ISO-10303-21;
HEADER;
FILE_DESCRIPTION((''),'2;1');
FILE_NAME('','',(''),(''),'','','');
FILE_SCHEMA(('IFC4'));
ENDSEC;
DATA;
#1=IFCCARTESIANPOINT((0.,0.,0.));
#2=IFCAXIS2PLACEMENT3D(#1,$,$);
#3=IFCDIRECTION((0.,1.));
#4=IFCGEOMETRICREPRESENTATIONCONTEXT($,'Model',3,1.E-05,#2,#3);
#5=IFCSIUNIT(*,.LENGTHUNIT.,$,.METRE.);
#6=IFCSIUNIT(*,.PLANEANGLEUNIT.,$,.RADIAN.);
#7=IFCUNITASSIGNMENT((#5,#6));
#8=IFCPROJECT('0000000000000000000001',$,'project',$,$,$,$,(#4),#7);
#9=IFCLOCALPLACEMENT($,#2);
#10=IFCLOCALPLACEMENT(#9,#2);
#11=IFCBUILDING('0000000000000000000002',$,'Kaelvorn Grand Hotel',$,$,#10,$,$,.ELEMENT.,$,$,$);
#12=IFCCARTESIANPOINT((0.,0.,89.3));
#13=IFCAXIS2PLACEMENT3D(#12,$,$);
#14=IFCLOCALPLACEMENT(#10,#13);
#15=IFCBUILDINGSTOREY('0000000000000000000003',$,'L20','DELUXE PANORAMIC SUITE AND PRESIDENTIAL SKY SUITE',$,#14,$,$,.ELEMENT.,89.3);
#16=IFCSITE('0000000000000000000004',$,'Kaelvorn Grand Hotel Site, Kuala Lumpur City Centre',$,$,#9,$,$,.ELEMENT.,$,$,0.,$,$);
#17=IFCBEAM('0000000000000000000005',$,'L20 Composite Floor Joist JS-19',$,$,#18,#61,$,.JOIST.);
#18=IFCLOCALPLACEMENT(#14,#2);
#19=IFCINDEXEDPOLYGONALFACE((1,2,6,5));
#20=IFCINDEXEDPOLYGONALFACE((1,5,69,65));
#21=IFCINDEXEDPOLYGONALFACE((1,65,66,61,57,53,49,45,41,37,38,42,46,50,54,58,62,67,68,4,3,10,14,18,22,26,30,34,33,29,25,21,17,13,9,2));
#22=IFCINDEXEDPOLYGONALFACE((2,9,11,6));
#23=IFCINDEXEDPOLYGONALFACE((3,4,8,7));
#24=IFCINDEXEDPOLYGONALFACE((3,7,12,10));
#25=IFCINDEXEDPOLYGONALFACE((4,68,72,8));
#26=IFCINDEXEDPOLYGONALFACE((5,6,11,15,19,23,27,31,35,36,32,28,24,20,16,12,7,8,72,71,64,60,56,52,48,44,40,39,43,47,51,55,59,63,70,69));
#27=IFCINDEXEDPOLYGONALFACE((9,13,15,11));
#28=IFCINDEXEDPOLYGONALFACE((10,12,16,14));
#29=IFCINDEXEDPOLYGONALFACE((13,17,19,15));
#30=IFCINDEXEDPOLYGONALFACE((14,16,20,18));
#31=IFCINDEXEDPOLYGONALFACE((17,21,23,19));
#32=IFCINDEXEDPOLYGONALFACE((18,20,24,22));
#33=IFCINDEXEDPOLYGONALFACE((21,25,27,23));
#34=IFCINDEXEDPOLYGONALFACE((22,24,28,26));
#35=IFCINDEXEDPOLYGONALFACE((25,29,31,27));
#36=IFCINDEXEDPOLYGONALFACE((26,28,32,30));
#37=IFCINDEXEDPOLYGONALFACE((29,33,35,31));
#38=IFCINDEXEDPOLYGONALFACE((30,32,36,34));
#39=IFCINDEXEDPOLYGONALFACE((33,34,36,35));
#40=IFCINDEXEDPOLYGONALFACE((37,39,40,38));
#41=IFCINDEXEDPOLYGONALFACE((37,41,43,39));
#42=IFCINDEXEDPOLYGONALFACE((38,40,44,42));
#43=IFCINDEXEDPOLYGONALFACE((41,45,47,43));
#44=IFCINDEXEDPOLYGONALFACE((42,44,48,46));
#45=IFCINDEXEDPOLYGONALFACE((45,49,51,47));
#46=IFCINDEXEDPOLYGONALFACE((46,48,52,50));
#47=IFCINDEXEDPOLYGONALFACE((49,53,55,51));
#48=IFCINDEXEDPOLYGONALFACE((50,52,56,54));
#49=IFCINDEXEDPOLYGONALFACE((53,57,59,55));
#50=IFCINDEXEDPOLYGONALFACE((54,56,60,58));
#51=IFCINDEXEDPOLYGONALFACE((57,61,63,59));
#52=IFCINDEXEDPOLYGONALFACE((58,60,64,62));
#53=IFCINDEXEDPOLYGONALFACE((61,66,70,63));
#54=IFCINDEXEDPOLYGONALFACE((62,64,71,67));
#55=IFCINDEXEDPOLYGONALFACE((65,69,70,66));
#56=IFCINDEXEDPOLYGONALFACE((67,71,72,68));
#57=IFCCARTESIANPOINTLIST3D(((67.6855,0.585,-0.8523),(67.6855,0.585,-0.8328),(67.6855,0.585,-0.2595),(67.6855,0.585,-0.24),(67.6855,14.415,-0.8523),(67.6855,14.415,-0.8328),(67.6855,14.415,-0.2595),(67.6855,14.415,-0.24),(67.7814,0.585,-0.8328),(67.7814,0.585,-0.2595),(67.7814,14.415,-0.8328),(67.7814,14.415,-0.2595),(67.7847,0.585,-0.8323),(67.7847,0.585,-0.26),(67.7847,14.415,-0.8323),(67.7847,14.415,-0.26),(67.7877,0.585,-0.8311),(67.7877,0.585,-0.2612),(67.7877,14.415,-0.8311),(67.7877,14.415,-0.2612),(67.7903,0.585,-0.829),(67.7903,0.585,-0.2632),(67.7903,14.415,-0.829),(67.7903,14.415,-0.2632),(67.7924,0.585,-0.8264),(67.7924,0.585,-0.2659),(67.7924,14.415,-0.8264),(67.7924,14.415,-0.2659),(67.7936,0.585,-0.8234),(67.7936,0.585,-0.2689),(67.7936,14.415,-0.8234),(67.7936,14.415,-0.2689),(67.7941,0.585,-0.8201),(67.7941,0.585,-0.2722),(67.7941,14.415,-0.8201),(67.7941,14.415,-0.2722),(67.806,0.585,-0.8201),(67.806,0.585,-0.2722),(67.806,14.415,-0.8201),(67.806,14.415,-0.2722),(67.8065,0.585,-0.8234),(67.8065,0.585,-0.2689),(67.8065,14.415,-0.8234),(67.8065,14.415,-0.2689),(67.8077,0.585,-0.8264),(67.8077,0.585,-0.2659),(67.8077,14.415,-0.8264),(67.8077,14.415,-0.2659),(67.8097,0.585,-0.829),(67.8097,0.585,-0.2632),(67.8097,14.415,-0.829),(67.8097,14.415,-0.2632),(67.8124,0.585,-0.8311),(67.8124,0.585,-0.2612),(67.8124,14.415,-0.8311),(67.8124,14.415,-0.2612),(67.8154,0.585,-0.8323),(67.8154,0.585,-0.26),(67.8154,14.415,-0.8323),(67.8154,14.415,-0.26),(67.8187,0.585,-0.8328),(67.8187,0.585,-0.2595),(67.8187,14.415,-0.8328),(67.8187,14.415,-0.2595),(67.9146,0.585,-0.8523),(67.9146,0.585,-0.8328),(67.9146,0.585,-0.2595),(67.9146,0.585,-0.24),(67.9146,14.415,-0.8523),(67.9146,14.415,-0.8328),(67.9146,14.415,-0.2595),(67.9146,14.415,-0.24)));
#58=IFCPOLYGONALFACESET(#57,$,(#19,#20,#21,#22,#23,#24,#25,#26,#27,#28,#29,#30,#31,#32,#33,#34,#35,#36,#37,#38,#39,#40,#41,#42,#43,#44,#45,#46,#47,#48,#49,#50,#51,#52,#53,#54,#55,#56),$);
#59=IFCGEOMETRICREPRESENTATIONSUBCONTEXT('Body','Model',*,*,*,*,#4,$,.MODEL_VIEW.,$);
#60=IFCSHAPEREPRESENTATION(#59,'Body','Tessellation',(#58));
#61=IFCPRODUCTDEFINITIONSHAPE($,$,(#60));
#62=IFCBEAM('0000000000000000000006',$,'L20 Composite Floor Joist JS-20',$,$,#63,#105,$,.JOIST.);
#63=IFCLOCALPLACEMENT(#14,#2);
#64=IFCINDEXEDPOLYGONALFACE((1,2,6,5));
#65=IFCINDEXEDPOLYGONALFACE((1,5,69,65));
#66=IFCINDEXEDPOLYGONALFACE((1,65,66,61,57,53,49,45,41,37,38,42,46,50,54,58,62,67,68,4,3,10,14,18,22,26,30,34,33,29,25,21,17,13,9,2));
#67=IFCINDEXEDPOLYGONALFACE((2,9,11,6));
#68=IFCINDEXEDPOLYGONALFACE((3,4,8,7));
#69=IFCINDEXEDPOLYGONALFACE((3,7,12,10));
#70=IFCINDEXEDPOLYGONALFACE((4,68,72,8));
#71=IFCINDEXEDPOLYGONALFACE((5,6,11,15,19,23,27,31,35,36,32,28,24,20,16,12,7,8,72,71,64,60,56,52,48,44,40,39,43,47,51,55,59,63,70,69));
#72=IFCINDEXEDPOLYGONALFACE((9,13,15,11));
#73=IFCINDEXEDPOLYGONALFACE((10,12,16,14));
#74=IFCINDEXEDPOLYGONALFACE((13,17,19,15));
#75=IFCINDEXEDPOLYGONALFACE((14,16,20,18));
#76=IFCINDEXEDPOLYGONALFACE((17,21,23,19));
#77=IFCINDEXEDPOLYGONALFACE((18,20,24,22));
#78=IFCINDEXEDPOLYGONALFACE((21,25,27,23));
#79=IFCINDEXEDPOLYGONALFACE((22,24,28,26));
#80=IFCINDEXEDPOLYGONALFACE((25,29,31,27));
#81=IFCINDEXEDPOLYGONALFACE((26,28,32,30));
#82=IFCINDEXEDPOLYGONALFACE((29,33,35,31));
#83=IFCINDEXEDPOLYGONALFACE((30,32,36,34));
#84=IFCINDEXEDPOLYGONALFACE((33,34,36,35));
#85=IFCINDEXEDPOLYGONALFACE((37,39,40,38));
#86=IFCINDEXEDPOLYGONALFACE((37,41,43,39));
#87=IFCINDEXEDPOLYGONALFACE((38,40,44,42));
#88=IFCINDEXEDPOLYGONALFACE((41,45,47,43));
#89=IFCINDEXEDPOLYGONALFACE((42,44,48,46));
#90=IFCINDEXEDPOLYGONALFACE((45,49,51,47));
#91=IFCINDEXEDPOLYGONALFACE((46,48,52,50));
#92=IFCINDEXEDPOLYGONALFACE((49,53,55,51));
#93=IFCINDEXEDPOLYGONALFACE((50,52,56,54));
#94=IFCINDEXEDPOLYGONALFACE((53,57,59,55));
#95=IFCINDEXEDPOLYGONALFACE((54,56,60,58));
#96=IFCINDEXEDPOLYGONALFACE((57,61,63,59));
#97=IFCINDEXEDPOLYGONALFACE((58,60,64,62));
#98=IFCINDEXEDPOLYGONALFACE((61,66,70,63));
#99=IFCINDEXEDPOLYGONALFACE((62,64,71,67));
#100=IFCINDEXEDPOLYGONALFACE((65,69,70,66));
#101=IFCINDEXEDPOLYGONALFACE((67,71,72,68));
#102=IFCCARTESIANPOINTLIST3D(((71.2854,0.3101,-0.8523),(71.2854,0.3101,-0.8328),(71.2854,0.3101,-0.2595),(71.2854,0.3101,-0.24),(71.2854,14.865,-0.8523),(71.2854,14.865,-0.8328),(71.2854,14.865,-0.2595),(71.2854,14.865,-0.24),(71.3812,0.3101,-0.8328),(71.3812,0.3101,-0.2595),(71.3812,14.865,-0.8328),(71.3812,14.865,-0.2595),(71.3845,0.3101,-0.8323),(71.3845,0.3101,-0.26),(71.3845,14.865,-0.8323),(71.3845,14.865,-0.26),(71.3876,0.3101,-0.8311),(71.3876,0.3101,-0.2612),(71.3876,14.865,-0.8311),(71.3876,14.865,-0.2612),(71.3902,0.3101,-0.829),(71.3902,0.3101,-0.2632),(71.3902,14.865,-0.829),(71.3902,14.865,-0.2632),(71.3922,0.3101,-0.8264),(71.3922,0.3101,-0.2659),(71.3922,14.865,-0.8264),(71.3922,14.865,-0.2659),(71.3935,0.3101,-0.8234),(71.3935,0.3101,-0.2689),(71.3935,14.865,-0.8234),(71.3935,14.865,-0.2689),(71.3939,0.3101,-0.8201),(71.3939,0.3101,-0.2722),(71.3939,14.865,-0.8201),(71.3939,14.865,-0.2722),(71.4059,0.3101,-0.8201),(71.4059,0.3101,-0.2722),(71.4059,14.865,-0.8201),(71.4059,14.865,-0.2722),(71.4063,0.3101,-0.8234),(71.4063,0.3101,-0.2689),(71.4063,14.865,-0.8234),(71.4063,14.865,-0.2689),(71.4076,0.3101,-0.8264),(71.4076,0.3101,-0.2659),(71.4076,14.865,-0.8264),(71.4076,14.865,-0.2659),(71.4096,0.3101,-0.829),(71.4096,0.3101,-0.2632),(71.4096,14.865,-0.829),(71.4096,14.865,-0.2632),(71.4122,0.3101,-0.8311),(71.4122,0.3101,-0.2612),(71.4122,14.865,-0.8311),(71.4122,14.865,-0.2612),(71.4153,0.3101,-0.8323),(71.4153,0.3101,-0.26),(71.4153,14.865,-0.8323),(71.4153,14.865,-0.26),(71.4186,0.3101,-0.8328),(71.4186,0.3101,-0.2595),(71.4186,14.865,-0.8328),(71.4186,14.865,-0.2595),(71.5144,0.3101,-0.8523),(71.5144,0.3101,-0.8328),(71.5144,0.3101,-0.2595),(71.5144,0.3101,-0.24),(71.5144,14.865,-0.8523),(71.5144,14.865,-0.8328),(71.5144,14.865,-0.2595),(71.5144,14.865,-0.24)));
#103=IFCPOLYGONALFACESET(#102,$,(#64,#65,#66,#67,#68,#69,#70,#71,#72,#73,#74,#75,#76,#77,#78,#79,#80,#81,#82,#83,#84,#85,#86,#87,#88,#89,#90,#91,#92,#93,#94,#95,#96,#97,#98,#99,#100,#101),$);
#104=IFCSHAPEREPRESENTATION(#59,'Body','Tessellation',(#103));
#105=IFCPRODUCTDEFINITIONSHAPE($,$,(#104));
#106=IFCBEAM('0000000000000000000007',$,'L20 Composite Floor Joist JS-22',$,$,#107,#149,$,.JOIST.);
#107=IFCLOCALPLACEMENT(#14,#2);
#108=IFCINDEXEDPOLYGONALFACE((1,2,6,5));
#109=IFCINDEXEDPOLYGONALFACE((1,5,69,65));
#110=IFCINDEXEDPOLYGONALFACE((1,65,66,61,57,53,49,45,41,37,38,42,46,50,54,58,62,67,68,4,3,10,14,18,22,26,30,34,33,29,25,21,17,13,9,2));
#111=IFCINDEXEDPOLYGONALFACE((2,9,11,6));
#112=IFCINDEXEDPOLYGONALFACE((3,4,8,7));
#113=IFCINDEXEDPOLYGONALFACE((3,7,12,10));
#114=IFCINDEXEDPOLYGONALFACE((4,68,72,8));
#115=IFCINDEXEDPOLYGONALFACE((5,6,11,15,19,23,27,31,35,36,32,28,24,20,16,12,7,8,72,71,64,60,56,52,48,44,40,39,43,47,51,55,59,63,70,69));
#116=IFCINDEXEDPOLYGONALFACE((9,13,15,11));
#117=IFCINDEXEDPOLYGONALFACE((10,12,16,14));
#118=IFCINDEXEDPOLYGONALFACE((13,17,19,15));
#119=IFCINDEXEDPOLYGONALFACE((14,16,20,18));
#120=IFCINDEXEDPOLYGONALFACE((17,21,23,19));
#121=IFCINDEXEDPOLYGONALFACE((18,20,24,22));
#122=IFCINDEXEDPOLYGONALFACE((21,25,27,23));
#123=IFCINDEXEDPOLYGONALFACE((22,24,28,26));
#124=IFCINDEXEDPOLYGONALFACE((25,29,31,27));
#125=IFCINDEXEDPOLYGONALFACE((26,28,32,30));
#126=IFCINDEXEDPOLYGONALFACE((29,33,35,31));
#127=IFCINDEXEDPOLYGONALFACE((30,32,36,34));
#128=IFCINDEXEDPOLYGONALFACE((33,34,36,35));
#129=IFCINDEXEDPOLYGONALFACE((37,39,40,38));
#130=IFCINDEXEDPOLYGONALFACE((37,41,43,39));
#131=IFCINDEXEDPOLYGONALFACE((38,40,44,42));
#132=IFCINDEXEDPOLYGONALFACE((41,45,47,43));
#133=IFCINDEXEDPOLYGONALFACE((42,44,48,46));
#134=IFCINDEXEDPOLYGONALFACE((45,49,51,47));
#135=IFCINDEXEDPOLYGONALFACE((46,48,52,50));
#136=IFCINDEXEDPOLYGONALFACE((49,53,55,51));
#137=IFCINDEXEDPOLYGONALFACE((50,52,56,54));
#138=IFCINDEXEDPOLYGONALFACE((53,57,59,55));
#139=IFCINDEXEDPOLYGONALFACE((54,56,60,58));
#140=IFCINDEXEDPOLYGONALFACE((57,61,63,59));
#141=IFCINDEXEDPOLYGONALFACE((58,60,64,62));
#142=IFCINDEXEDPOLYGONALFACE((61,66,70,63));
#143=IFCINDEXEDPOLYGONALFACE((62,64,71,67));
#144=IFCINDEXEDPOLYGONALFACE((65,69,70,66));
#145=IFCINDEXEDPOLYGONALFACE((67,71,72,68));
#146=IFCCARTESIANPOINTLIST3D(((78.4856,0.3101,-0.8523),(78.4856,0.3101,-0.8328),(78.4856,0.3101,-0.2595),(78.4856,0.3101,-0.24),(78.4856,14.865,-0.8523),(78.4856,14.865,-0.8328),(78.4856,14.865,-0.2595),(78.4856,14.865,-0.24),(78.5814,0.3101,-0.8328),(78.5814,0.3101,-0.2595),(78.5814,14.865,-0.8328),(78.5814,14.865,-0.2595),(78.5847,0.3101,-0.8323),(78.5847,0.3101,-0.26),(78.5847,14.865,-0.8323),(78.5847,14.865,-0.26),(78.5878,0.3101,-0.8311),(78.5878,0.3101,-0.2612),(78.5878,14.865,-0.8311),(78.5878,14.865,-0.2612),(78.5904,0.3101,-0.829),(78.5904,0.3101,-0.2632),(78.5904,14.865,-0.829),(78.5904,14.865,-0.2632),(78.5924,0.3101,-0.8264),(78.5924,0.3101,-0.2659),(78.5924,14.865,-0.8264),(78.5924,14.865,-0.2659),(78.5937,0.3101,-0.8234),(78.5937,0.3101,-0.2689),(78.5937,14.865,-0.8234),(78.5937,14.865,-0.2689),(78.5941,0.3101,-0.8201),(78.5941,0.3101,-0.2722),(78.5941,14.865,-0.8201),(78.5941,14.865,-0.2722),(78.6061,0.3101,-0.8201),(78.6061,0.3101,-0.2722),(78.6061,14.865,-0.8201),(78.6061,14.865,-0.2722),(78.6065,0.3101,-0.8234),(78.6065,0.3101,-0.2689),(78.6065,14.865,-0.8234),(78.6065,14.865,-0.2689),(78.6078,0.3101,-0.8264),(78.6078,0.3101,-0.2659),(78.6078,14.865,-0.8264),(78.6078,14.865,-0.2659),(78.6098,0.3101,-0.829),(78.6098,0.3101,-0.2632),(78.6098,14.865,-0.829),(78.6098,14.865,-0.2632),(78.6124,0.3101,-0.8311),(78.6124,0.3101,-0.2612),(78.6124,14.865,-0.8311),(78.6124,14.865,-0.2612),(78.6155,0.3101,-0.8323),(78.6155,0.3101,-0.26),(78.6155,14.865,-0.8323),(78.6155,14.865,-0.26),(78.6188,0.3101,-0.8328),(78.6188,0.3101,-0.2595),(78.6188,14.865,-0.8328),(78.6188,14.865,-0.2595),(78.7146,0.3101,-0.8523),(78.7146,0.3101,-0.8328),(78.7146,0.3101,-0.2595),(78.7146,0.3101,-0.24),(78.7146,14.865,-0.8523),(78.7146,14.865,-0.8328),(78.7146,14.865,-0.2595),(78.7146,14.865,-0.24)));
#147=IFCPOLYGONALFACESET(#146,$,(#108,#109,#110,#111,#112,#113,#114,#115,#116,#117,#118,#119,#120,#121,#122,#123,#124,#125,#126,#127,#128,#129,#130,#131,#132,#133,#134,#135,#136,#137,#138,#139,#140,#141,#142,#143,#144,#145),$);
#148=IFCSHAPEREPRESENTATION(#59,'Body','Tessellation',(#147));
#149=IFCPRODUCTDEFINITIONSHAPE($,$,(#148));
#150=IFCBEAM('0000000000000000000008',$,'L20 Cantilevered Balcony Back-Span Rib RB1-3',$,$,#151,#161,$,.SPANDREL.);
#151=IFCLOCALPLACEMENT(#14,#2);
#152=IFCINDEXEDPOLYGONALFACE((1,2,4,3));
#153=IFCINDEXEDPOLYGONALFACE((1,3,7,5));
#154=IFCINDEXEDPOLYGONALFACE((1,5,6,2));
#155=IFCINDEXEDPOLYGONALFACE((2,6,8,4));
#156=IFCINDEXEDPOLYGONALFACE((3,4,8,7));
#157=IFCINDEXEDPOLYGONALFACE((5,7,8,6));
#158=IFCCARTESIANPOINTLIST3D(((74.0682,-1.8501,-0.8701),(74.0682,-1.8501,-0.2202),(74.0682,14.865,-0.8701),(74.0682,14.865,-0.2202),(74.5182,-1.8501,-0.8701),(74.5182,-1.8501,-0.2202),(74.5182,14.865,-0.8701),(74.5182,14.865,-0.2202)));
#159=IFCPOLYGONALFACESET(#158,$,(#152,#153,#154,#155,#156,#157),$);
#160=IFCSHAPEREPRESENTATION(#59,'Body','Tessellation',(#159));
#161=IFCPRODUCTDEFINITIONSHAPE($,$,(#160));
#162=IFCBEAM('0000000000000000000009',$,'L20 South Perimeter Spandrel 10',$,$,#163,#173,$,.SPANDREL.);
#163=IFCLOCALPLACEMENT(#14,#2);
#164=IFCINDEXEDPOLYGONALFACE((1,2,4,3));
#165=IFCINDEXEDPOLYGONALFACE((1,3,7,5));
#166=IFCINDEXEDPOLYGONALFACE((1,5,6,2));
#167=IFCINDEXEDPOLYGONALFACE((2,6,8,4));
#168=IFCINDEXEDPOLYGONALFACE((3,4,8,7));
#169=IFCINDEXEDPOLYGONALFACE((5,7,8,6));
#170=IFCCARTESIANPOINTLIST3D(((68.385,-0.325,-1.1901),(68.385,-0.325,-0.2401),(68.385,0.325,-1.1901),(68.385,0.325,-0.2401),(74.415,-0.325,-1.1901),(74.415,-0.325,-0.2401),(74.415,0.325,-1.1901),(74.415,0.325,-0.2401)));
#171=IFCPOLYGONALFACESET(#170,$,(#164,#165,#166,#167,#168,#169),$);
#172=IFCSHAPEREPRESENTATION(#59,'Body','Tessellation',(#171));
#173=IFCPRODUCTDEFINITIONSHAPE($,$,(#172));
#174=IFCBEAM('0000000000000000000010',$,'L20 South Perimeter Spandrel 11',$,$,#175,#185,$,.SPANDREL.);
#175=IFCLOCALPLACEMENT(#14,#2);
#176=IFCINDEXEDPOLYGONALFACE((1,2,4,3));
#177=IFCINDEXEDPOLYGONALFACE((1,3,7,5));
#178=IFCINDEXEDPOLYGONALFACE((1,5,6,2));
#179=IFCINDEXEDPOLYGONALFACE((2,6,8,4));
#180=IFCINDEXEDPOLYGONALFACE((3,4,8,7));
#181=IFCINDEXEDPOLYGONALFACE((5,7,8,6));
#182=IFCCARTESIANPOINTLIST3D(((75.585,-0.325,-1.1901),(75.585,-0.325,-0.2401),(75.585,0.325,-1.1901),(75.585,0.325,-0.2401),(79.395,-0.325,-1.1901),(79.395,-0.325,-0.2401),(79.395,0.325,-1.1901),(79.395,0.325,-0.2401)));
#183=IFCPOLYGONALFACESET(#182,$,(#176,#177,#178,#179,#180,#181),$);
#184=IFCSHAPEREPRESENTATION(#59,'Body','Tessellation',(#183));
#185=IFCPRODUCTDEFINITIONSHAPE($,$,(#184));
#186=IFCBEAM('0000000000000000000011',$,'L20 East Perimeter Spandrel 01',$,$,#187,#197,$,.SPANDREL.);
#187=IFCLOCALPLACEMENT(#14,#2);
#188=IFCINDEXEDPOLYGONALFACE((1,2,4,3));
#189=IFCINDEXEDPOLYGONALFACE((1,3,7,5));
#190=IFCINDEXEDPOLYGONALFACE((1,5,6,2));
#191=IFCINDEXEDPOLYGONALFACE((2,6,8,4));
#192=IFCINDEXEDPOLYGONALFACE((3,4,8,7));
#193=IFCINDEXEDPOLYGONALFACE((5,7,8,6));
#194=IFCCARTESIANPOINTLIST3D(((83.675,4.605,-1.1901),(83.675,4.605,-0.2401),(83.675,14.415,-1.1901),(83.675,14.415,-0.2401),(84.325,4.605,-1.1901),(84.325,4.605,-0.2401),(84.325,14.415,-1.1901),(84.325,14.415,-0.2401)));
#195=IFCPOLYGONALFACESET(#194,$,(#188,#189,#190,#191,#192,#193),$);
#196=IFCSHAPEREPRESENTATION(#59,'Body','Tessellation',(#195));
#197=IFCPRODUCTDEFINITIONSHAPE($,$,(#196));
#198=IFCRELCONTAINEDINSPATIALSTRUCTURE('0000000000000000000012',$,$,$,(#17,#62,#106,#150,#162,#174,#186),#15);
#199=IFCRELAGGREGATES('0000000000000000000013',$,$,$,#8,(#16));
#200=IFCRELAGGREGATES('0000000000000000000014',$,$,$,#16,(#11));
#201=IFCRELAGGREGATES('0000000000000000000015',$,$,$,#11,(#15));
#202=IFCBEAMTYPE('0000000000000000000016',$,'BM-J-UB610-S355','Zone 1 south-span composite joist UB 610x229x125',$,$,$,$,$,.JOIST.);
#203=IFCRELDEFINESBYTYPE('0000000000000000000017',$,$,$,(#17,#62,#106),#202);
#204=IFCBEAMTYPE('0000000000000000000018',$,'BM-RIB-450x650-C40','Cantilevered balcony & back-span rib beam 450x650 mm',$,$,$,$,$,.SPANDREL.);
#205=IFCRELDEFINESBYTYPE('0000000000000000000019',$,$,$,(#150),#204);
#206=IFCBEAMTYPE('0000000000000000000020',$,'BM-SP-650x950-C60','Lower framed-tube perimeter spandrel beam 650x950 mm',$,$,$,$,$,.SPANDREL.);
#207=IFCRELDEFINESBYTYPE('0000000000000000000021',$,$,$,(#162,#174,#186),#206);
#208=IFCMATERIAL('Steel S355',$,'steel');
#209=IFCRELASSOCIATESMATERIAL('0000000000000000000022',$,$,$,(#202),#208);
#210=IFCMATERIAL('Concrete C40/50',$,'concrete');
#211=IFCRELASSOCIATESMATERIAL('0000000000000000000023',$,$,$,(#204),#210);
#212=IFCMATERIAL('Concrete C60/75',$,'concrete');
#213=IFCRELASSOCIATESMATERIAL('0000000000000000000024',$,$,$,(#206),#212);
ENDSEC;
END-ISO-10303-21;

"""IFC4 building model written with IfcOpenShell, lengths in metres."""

from ifc_helpers import new_model, si_unit, direction, frame, origin, origin_2d, place, context, subcontext, project, spatial, rectangle, i_section, extrude, material, material_profile, profile_set, type_object, element, save


model = new_model("IFC4")

# Units and contexts
model_context = context("Model", 3, precision=1e-05, world=origin(), true_north=direction((0.0, 1.0)))
body_context = subcontext(model_context, "Body", "Model", "MODEL_VIEW")
ifc_project = project(units=[si_unit("LENGTHUNIT", "METRE"), si_unit("PLANEANGLEUNIT", "RADIAN")], contexts=[model_context])

# Site, building, storey
site_placement = place(None, origin())
site = spatial("IfcSite", under=ifc_project, at=site_placement, Name="Kaelvorn Grand Hotel Site, Kuala Lumpur City Centre", CompositionType="ELEMENT", RefElevation=0.0)
building_placement = place(site_placement, origin())
building = spatial("IfcBuilding", under=site, at=building_placement, Name="Kaelvorn Grand Hotel", CompositionType="ELEMENT")
storey_placement = place(building_placement, frame((0.0, 0.0, 89.3)))
storey = spatial("IfcBuildingStorey", under=building, at=storey_placement, Name="L20", Description="DELUXE PANORAMIC SUITE AND PRESIDENTIAL SKY SUITE", CompositionType="ELEMENT", Elevation=89.3)

# Shared definitions
ifc_material_1 = material(Name="Concrete C60/75", Category="concrete")

# Beams
ifc_material_2 = material(Name="Steel S355", Category="steel")
ifc_material_profile_1 = material_profile(ifc_material_2, i_section(OverallWidth=0.229, OverallDepth=0.6123, WebThickness=0.012, FlangeThickness=0.0195, FilletRadius=0.0127, at=origin_2d()), Name="UB 610x229x125")
ifc_profile_set_1 = profile_set([ifc_material_profile_1], Name="Steel S355")
beam_type_1 = type_object("IfcBeamType", Name="BM-J-UB610-S355", Description="Zone 1 south-span composite joist UB 610x229x125", PredefinedType="JOIST", material=ifc_profile_set_1)
beam_1_placement = place(storey_placement, frame((67.8, 0.585, -0.5461), z_axis=(0.0, 1.0, 0.0), x_axis=(-1.0, 0.0, 0.0)))
element("IfcBeam", 1, at=beam_1_placement, inside=storey, type_object=beam_type_1, Name="L20 Composite Floor Joist JS-19", PredefinedType="JOIST", context=body_context, shape_type="SweptSolid", body=[
    extrude(i_section(OverallWidth=0.229, OverallDepth=0.6123, WebThickness=0.012, FlangeThickness=0.0195, FilletRadius=0.0127, at=origin_2d()), origin(), (0.0, 0.0, 1.0), 13.8301),
])
for number, where, z_axis, x_axis, name in (
    (2, (71.3999, 0.3101, -0.5461), (0.0, 1.0, 0.0), (-1.0, 0.0, 0.0), "L20 Composite Floor Joist JS-20"),
    (3, (78.6001, 0.3101, -0.5461), (0.0, 1.0, 0.0), (-1.0, 0.0, 0.0), "L20 Composite Floor Joist JS-22"),
):
    element("IfcBeam", number, at=place(storey_placement, frame(where, z_axis=z_axis, x_axis=x_axis)), inside=storey, type_object=beam_type_1, Name=name, PredefinedType="JOIST", context=body_context, shape_type="SweptSolid", body=[
        extrude(i_section(OverallWidth=0.229, OverallDepth=0.6123, WebThickness=0.012, FlangeThickness=0.0195, FilletRadius=0.0127, at=origin_2d()), origin(), (0.0, 0.0, 1.0), 14.5549),
    ])
ifc_material_3 = material(Name="Concrete C40/50", Category="concrete")
ifc_material_profile_2 = material_profile(ifc_material_3, rectangle(XDim=0.45, YDim=0.6499, at=origin_2d()), Name="RC RIB 450x650")
ifc_profile_set_2 = profile_set([ifc_material_profile_2], Name="Concrete C40/50")
beam_type_2 = type_object("IfcBeamType", Name="BM-RIB-450x650-C40", Description="Cantilevered balcony & back-span rib beam 450x650 mm", PredefinedType="SPANDREL", material=ifc_profile_set_2)
beam_2_placement = place(storey_placement, frame((74.2932, -1.8501, -0.5452), z_axis=(0.0, 1.0, 0.0), x_axis=(-1.0, 0.0, 0.0)))
element("IfcBeam", 4, at=beam_2_placement, inside=storey, type_object=beam_type_2, Name="L20 Cantilevered Balcony Back-Span Rib RB1-3", PredefinedType="SPANDREL", context=body_context, shape_type="SweptSolid", body=[
    extrude(rectangle(XDim=0.45, YDim=0.6499, at=origin_2d()), origin(), (0.0, 0.0, 1.0), 16.7151),
])
ifc_material_profile_3 = material_profile(ifc_material_1, rectangle(XDim=0.6499, YDim=0.95, at=origin_2d()), Name="RC SPANDREL 650x950")
ifc_profile_set_3 = profile_set([ifc_material_profile_3], Name="Concrete C60/75")
beam_type_3 = type_object("IfcBeamType", Name="BM-SP-650x950-C60", Description="Lower framed-tube perimeter spandrel beam 650x950 mm", PredefinedType="SPANDREL", material=ifc_profile_set_3)
beam_3_placement = place(storey_placement, frame((68.385, 0.0, -0.7151), z_axis=(1.0, 0.0, 0.0), x_axis=(0.0, 1.0, 0.0)))
element("IfcBeam", 5, at=beam_3_placement, inside=storey, type_object=beam_type_3, Name="L20 South Perimeter Spandrel 10", PredefinedType="SPANDREL", context=body_context, shape_type="SweptSolid", body=[
    extrude(rectangle(XDim=0.6499, YDim=0.95, at=origin_2d()), origin(), (0.0, 0.0, 1.0), 6.03),
])
beam_4_placement = place(storey_placement, frame((75.585, 0.0, -0.7151), z_axis=(1.0, 0.0, 0.0), x_axis=(0.0, 1.0, 0.0)))
element("IfcBeam", 6, at=beam_4_placement, inside=storey, type_object=beam_type_3, Name="L20 South Perimeter Spandrel 11", PredefinedType="SPANDREL", context=body_context, shape_type="SweptSolid", body=[
    extrude(rectangle(XDim=0.6499, YDim=0.95, at=origin_2d()), origin(), (0.0, 0.0, 1.0), 3.8101),
])
beam_5_placement = place(storey_placement, frame((84.0, 4.605, -0.7151), z_axis=(0.0, 1.0, 0.0), x_axis=(-1.0, 0.0, 0.0)))
element("IfcBeam", 7, at=beam_5_placement, inside=storey, type_object=beam_type_3, Name="L20 East Perimeter Spandrel 01", PredefinedType="SPANDREL", context=body_context, shape_type="SweptSolid", body=[
    extrude(rectangle(XDim=0.6499, YDim=0.95, at=origin_2d()), origin(), (0.0, 0.0, 1.0), 9.8101),
])

save(model, "model.ifc")
